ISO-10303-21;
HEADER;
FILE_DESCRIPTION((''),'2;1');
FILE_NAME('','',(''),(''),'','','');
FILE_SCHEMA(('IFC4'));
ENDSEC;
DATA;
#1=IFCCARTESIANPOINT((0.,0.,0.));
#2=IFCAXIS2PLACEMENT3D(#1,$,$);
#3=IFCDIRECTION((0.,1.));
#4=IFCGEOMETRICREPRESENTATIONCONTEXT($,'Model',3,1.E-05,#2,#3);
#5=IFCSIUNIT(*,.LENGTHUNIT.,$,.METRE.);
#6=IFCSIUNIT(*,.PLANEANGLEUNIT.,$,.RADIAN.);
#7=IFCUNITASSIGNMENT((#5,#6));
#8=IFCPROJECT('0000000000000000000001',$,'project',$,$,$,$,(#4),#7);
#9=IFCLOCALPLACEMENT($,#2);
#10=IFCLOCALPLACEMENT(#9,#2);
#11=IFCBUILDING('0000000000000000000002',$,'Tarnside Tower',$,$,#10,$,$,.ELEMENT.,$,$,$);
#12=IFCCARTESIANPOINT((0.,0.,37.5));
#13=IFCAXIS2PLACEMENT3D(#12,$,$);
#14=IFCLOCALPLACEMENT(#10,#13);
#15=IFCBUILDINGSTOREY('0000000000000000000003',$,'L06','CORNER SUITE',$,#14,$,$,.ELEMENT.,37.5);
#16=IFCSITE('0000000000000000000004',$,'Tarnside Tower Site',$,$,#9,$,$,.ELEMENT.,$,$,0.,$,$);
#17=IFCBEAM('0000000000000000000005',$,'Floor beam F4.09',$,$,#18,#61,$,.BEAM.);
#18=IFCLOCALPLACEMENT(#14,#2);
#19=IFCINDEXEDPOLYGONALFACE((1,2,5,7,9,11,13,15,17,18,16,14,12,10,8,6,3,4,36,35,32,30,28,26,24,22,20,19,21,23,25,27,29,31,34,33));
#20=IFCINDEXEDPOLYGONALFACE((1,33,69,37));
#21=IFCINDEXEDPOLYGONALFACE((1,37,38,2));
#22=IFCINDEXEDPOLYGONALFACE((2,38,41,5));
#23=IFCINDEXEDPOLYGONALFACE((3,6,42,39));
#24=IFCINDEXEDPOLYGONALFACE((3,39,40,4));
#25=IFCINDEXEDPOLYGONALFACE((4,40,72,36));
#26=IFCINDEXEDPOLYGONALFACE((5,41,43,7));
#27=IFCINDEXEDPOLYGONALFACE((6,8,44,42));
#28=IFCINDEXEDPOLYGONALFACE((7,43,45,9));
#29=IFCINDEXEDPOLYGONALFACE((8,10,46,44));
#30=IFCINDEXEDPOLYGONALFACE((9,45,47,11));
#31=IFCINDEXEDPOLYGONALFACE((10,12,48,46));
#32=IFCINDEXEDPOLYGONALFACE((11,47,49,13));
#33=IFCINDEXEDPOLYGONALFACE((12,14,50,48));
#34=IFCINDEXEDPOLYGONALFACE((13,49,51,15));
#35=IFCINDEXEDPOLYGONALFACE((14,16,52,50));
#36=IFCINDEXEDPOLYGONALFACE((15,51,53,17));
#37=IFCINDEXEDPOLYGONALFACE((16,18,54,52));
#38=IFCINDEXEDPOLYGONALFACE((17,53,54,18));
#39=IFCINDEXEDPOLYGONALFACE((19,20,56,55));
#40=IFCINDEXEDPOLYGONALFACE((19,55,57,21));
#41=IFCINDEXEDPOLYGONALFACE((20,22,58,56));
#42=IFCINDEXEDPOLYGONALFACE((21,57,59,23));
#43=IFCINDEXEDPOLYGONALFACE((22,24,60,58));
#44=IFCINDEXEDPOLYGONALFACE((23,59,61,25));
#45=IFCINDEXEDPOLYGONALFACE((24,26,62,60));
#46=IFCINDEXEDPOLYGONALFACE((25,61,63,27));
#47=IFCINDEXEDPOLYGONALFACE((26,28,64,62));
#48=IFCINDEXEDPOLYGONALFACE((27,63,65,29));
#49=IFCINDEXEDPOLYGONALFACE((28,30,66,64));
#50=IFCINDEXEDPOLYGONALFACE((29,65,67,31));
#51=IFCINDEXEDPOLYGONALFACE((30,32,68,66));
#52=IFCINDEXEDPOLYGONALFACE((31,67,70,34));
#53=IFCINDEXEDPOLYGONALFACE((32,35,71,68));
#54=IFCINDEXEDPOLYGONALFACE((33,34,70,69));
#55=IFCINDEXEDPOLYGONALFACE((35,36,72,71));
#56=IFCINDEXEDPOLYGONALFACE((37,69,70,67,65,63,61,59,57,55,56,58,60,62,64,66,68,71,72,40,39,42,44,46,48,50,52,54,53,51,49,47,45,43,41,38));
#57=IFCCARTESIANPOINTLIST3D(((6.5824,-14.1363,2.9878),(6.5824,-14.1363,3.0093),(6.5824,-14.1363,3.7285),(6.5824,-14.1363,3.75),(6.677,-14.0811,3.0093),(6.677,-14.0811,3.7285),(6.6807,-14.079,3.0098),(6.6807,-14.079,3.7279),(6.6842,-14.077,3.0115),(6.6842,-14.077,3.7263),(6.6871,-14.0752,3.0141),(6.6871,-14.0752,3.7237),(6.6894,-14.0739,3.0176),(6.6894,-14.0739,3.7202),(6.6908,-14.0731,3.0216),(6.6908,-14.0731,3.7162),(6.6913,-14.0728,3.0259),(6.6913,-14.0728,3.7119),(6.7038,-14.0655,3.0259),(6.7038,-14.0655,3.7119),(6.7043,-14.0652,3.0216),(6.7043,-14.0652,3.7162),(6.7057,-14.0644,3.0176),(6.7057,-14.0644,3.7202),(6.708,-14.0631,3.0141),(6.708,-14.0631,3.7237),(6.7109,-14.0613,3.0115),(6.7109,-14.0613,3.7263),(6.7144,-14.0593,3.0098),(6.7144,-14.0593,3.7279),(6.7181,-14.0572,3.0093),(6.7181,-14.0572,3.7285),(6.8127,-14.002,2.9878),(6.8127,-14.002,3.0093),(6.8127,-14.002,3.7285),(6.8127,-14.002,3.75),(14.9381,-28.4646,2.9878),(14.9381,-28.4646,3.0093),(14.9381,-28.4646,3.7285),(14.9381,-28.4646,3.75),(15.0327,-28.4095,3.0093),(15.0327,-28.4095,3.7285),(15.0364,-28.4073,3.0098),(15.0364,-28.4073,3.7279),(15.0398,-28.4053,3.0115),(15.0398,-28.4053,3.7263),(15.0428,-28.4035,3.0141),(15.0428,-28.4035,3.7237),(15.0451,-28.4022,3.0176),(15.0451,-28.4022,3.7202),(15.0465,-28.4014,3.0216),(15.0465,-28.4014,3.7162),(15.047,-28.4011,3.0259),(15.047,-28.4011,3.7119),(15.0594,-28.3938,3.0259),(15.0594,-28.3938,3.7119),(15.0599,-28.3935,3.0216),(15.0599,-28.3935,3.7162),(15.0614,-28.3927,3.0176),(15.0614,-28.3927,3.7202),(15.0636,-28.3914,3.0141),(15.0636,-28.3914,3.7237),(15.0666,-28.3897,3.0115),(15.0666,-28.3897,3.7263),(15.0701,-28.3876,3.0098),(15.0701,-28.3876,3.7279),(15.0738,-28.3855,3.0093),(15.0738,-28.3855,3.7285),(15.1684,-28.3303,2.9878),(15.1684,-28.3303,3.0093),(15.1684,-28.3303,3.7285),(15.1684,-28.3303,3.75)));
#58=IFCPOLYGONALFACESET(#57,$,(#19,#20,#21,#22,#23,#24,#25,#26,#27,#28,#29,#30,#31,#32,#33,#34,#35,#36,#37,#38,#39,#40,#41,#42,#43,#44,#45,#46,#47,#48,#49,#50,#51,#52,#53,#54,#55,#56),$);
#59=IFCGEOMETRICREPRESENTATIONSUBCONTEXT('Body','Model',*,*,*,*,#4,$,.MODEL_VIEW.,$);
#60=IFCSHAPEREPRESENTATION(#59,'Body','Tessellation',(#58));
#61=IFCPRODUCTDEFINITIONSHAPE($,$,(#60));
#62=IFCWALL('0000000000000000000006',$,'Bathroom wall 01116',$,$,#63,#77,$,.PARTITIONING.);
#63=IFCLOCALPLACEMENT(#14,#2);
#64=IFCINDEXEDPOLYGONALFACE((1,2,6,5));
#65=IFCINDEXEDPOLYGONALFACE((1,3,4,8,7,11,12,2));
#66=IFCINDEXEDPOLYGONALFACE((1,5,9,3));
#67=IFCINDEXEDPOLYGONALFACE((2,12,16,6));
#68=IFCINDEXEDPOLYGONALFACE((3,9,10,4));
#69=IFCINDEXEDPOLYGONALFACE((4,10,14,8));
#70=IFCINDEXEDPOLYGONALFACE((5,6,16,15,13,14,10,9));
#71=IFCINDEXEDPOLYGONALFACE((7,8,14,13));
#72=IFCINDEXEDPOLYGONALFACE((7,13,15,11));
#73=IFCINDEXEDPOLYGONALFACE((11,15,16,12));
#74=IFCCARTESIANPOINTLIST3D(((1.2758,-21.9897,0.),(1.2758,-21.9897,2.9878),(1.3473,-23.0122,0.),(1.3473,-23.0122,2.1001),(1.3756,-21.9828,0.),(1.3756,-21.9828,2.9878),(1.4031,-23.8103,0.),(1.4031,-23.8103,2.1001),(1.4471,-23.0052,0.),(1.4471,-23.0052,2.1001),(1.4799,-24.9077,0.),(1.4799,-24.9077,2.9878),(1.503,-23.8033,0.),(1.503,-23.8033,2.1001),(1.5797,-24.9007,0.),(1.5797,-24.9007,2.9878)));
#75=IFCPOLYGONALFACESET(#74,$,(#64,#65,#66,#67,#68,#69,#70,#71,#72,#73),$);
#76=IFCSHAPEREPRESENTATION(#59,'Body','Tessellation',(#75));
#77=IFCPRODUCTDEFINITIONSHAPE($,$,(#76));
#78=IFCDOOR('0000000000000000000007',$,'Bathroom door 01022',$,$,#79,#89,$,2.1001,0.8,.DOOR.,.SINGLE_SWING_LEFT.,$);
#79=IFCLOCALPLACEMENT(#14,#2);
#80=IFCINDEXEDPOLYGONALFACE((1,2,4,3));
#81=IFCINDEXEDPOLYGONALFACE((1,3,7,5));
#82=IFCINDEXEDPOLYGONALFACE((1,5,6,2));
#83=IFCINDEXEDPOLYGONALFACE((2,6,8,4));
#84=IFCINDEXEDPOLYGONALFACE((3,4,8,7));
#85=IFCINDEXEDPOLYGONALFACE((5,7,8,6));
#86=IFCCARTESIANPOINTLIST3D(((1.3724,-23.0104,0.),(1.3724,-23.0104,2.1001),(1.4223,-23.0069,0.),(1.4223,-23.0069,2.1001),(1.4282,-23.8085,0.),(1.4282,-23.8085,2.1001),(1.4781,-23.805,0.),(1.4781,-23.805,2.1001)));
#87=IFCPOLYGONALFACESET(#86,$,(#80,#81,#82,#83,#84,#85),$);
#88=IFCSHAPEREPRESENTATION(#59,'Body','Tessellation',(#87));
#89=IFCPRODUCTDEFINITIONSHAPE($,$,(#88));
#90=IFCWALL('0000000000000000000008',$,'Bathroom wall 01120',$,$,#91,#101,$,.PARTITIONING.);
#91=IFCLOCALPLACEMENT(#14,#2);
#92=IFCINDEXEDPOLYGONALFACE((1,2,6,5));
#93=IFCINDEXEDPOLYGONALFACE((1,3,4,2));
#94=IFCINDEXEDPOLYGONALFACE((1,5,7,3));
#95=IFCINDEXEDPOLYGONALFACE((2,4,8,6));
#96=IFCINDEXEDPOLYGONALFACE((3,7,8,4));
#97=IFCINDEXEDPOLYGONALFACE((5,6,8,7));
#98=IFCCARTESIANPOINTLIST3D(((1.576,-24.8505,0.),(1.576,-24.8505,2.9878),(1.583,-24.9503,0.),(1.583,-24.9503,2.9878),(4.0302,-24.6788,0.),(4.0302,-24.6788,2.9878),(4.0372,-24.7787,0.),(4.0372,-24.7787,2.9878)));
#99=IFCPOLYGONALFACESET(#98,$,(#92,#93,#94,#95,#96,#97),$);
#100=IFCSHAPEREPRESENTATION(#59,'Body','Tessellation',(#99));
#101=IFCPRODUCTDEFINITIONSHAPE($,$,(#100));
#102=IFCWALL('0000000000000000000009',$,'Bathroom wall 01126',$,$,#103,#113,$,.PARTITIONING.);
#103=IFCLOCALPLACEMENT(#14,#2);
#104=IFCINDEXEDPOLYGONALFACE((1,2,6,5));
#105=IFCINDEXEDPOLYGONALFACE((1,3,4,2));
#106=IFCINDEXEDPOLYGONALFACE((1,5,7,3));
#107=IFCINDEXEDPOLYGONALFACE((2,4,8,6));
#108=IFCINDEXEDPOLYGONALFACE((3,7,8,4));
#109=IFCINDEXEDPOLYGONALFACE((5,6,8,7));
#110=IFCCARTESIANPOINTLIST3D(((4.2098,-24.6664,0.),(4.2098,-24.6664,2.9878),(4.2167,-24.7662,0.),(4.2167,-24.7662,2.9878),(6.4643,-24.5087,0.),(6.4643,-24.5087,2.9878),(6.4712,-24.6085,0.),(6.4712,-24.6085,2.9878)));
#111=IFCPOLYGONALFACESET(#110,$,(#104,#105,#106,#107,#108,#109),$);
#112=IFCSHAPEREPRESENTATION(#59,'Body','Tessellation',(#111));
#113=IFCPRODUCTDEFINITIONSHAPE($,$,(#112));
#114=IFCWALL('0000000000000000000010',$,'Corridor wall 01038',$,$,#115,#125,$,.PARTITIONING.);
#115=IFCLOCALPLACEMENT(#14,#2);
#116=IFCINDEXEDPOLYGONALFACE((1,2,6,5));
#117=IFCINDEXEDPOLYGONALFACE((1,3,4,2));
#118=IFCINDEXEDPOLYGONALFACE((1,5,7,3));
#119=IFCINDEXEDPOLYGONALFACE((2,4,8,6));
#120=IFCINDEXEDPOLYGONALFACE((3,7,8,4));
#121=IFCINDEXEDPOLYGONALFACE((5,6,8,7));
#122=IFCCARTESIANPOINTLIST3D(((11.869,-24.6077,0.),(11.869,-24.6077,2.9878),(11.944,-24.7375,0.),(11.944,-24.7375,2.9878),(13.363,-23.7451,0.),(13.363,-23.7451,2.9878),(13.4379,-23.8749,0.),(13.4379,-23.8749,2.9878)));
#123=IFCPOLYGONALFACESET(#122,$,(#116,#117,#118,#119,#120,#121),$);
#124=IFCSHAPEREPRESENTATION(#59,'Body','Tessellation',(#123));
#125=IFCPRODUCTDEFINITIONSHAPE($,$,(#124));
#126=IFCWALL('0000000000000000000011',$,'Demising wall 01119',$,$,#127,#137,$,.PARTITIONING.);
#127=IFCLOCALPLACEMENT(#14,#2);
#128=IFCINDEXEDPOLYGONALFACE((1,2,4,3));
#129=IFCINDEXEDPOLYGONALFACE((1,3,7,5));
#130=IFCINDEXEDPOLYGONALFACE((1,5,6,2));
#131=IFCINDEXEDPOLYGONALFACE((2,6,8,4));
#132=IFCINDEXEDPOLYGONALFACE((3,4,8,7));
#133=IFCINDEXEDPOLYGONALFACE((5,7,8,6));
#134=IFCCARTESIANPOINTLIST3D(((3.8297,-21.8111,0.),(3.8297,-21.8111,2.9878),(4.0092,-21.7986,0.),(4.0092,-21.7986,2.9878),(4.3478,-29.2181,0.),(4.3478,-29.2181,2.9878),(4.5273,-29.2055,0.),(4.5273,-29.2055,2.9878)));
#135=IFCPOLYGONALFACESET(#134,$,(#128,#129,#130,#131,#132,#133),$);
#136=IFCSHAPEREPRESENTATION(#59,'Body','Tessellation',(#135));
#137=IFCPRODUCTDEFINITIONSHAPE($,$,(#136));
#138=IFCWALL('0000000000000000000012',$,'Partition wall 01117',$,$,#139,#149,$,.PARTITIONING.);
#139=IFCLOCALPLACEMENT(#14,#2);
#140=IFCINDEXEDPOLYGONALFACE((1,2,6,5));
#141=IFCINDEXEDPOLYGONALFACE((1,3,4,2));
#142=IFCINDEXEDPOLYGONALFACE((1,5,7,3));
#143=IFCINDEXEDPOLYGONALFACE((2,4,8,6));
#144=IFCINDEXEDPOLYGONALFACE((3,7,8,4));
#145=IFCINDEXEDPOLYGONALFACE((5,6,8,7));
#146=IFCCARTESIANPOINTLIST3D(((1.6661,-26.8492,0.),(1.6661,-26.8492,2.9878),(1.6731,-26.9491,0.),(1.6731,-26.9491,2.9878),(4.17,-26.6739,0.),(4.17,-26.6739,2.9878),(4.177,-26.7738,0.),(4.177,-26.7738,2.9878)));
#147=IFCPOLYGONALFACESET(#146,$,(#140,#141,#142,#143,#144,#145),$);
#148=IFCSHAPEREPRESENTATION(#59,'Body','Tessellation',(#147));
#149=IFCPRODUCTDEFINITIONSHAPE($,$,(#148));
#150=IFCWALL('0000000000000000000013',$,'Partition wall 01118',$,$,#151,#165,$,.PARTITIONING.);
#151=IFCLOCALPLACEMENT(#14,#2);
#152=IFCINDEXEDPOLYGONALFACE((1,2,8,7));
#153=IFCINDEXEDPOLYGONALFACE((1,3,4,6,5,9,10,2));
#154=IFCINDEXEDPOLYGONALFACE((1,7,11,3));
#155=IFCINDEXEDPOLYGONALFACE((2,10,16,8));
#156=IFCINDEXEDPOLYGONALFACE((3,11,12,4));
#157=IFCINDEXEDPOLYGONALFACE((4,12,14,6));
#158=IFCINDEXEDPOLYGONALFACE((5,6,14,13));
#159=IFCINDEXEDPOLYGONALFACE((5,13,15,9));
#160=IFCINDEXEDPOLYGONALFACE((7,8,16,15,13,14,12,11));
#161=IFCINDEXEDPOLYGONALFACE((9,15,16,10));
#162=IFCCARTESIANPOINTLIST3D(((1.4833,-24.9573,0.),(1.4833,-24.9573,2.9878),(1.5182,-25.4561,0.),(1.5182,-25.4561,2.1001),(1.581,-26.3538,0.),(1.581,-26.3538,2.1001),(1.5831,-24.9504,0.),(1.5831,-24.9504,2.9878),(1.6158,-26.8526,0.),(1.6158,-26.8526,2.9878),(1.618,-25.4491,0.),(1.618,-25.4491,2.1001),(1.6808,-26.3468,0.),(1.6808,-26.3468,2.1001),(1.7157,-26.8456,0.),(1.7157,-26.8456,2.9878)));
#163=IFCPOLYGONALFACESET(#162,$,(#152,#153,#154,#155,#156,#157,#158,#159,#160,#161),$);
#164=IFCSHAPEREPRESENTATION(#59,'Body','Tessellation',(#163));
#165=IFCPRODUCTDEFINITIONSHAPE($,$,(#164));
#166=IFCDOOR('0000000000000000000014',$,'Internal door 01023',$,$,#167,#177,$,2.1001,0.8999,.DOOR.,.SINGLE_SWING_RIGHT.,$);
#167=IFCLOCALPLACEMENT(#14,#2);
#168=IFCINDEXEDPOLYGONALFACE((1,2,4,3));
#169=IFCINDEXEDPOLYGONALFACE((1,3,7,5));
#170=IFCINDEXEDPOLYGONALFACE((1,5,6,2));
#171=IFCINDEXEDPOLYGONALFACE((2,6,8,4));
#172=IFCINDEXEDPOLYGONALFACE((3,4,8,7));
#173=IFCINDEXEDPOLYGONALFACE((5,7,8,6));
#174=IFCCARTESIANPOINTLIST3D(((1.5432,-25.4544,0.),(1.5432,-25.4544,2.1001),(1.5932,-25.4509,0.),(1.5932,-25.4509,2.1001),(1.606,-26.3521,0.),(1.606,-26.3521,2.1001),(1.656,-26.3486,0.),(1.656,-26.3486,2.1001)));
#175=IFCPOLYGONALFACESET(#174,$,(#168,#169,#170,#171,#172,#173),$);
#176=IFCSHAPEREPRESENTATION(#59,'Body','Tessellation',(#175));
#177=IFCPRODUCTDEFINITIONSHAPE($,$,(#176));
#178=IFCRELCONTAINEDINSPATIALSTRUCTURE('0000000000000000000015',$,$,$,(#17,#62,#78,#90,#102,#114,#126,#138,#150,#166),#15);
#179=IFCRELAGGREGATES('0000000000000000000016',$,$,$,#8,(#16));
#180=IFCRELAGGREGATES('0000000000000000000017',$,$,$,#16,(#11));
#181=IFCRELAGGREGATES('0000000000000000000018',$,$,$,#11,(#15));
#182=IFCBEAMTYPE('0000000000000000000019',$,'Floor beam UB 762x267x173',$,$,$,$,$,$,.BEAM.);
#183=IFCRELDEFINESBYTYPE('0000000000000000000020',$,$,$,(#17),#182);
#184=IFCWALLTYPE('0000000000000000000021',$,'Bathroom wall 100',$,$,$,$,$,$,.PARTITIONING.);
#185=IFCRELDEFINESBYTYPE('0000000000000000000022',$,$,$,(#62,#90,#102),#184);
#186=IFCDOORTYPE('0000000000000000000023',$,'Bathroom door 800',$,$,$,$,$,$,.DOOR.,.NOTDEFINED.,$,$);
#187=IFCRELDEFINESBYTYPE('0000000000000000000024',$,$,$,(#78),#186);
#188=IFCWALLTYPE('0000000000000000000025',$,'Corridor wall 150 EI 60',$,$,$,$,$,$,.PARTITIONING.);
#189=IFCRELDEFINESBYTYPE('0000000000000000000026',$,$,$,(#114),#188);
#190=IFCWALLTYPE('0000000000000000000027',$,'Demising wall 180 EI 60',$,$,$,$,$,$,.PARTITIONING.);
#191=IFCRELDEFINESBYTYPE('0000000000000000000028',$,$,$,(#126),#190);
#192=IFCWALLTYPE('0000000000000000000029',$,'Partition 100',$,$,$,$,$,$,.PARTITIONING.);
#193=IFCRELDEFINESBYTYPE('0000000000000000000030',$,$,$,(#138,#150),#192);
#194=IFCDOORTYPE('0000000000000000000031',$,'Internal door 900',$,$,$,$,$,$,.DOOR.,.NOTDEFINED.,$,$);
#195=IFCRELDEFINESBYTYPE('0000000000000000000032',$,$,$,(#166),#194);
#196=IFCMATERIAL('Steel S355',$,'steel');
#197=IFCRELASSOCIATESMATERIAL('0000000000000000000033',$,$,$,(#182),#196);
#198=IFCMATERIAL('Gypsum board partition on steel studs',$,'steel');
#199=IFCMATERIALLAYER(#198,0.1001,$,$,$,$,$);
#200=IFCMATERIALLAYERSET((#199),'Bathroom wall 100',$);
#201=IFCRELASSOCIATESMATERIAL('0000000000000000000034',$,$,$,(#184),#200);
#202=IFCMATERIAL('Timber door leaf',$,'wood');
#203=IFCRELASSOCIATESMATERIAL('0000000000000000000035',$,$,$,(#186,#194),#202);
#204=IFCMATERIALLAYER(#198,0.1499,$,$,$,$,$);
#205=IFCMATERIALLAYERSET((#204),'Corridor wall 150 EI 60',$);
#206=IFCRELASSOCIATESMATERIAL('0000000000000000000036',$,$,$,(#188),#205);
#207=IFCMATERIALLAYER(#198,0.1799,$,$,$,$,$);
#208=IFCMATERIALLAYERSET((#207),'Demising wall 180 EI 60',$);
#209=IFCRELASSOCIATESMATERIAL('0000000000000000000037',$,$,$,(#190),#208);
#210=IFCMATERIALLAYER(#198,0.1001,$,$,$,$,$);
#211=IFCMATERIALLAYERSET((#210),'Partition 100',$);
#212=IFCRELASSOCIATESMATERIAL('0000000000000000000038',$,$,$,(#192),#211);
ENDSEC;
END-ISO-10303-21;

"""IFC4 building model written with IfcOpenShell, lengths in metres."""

from ifc_helpers import new_model, si_unit, direction, frame, frame_2d, origin, origin_2d, place, context, subcontext, project, spatial, rectangle, i_section, extrude, material, layer, layer_set, material_profile, profile_set, type_object, element, fill, save


model = new_model("IFC4")

# Units and contexts
model_context = context("Model", 3, precision=1e-05, world=origin(), true_north=direction((0.0, 1.0)))
body_context = subcontext(model_context, "Body", "Model", "MODEL_VIEW")
ifc_project = project(units=[si_unit("LENGTHUNIT", "METRE"), si_unit("PLANEANGLEUNIT", "RADIAN")], contexts=[model_context])

# Site, building, storey
site_placement = place(None, origin())
site = spatial("IfcSite", under=ifc_project, at=site_placement, Name="Tarnside Tower Site", CompositionType="ELEMENT", RefElevation=0.0)
building_placement = place(site_placement, origin())
building = spatial("IfcBuilding", under=site, at=building_placement, Name="Tarnside Tower", CompositionType="ELEMENT")
storey_placement = place(building_placement, frame((0.0, 0.0, 37.5)))
storey = spatial("IfcBuildingStorey", under=building, at=storey_placement, Name="L06", Description="CORNER SUITE", CompositionType="ELEMENT", Elevation=37.5)

# Beam
ifc_material_1 = material(Name="Steel S355", Category="steel")
ifc_material_profile_1 = material_profile(ifc_material_1, i_section(OverallWidth=0.2666, OverallDepth=0.7622, WebThickness=0.0144, FlangeThickness=0.0215, FilletRadius=0.0166, at=origin_2d()), Name="UB 762x267x173")
ifc_profile_set_1 = profile_set([ifc_material_profile_1], Name="Steel S355")
beam_type_1 = type_object("IfcBeamType", Name="Floor beam UB 762x267x173", PredefinedType="BEAM", material=ifc_profile_set_1)
beam_1_placement = place(storey_placement, frame((15.0532, -28.3975, 3.3689), z_axis=(-0.503758, 0.863845, 0.0), x_axis=(-0.863845, -0.503758, 0.0)))
element("IfcBeam", 1, at=beam_1_placement, inside=storey, type_object=beam_type_1, Name="Floor beam F4.09", PredefinedType="BEAM", context=body_context, shape_type="SweptSolid", body=[
    extrude(i_section(OverallWidth=0.2666, OverallDepth=0.7622, WebThickness=0.0144, FlangeThickness=0.0215, FilletRadius=0.0166, at=origin_2d()), origin(), (0.0, 0.0, 1.0), 16.5867),
])

# Wall, opening, door
ifc_material_2 = material(Name="Gypsum board partition on steel studs", Category="steel")
ifc_layer_1 = layer(ifc_material_2, 0.1001)
ifc_layer_set_1 = layer_set([ifc_layer_1], Name="Bathroom wall 100")
wall_type_1 = type_object("IfcWallType", Name="Bathroom wall 100", PredefinedType="PARTITIONING", material=ifc_layer_set_1)
wall_1_placement = place(storey_placement, frame((1.5298, -24.9041, 0.0), z_axis=(0.0, 0.0, 1.0), x_axis=(-0.069776, 0.997563, 0.0)))
wall_1 = element("IfcWall", 2, at=wall_1_placement, inside=storey, type_object=wall_type_1, Name="Bathroom wall 01116", PredefinedType="PARTITIONING", context=body_context, shape_type="SweptSolid", body=[
    extrude(rectangle(XDim=2.925, YDim=0.1001, at=frame_2d((1.4624, 0.0))), origin(), (0.0, 0.0, 1.0), 2.9878),
])
opening_1_placement = place(wall_1_placement, frame((1.1001, 0.0, 0.0)))
opening_1 = element("IfcOpeningElement", 3, at=opening_1_placement, cuts=wall_1, PredefinedType="OPENING", context=body_context, shape_type="SweptSolid", body=[
    extrude(rectangle(XDim=0.8, YDim=2.1001, at=frame_2d((0.3999, 1.05))), frame((0.0, 0.0601, 0.0), z_axis=(0.0, -1.0, 0.0), x_axis=(1.0, 0.0, 0.0)), (0.0, 0.0, 1.0), 0.1201),
])
ifc_material_3 = material(Name="Timber door leaf", Category="wood")
door_type_1 = type_object("IfcDoorType", Name="Bathroom door 800", OperationType="NOTDEFINED", PredefinedType="DOOR", material=ifc_material_3)
door_1_placement = place(opening_1_placement, origin())
door_1 = element("IfcDoor", 4, at=door_1_placement, inside=storey, type_object=door_type_1, Name="Bathroom door 01022", OperationType="SINGLE_SWING_LEFT", OverallHeight=2.1001, OverallWidth=0.8, PredefinedType="DOOR", context=body_context, shape_type="SweptSolid", body=[
    extrude(rectangle(XDim=0.8, YDim=2.1001, at=frame_2d((0.3999, 1.05))), frame((0.0, 0.0249, 0.0), z_axis=(0.0, -1.0, 0.0), x_axis=(1.0, 0.0, 0.0)), (0.0, 0.0, 1.0), 0.05),
])
fill(opening_1, door_1)

# Walls
wall_2_placement = place(storey_placement, frame((1.5796, -24.9004, 0.0), z_axis=(0.0, 0.0, 1.0), x_axis=(0.997563, 0.069766, 0.0)))
element("IfcWall", 5, at=wall_2_placement, inside=storey, type_object=wall_type_1, Name="Bathroom wall 01120", PredefinedType="PARTITIONING", context=body_context, shape_type="SweptSolid", body=[
    extrude(rectangle(XDim=2.4602, YDim=0.1001, at=frame_2d((1.23, 0.0))), origin(), (0.0, 0.0, 1.0), 2.9878),
])
wall_3_placement = place(storey_placement, frame((4.2134, -24.7163, 0.0), z_axis=(0.0, 0.0, 1.0), x_axis=(0.997562, 0.069788, 0.0)))
element("IfcWall", 6, at=wall_3_placement, inside=storey, type_object=wall_type_1, Name="Bathroom wall 01126", PredefinedType="PARTITIONING", context=body_context, shape_type="SweptSolid", body=[
    extrude(rectangle(XDim=2.26, YDim=0.1001, at=frame_2d((1.1299, 0.0))), origin(), (0.0, 0.0, 1.0), 2.9878),
])
ifc_layer_2 = layer(ifc_material_2, 0.1499)
ifc_layer_set_2 = layer_set([ifc_layer_2], Name="Corridor wall 150 EI 60")
wall_type_2 = type_object("IfcWallType", Name="Corridor wall 150 EI 60", PredefinedType="PARTITIONING", material=ifc_layer_set_2)
wall_4_placement = place(storey_placement, frame((11.9065, -24.6726, 0.0), z_axis=(0.0, 0.0, 1.0), x_axis=(0.866014, 0.500021, 0.0)))
element("IfcWall", 7, at=wall_4_placement, inside=storey, type_object=wall_type_2, Name="Corridor wall 01038", PredefinedType="PARTITIONING", context=body_context, shape_type="SweptSolid", body=[
    extrude(rectangle(XDim=1.7251, YDim=0.1499, at=frame_2d((0.8625, 0.0))), origin(), (0.0, 0.0, 1.0), 2.9878),
])
ifc_layer_3 = layer(ifc_material_2, 0.1799)
ifc_layer_set_3 = layer_set([ifc_layer_3], Name="Demising wall 180 EI 60")
wall_type_3 = type_object("IfcWallType", Name="Demising wall 180 EI 60", PredefinedType="PARTITIONING", material=ifc_layer_set_3)
wall_5_placement = place(storey_placement, frame((4.4375, -29.2117, 0.0), z_axis=(0.0, 0.0, 1.0), x_axis=(-0.069773, 0.997563, 0.0)))
element("IfcWall", 8, at=wall_5_placement, inside=storey, type_object=wall_type_3, Name="Demising wall 01119", PredefinedType="PARTITIONING", context=body_context, shape_type="SweptSolid", body=[
    extrude(rectangle(XDim=7.425, YDim=0.1799, at=frame_2d((3.7124, 0.0))), origin(), (0.0, 0.0, 1.0), 2.9878),
])
ifc_layer_4 = layer(ifc_material_2, 0.1001)
ifc_layer_set_4 = layer_set([ifc_layer_4], Name="Partition 100")
wall_type_4 = type_object("IfcWallType", Name="Partition 100", PredefinedType="PARTITIONING", material=ifc_layer_set_4)
wall_6_placement = place(storey_placement, frame((4.1733, -26.7239, 0.0), z_axis=(0.0, 0.0, 1.0), x_axis=(-0.997558, -0.069837, 0.0)))
element("IfcWall", 9, at=wall_6_placement, inside=storey, type_object=wall_type_4, Name="Partition wall 01117", PredefinedType="PARTITIONING", context=body_context, shape_type="SweptSolid", body=[
    extrude(rectangle(XDim=2.51, YDim=0.1001, at=frame_2d((1.2549, 0.0))), origin(), (0.0, 0.0, 1.0), 2.9878),
])

# Wall, opening, door
wall_7_placement = place(storey_placement, frame((1.6658, -26.8491, 0.0), z_axis=(0.0, 0.0, 1.0), x_axis=(-0.069777, 0.997563, 0.0)))
wall_7 = element("IfcWall", 10, at=wall_7_placement, inside=storey, type_object=wall_type_4, Name="Partition wall 01118", PredefinedType="PARTITIONING", context=body_context, shape_type="SweptSolid", body=[
    extrude(rectangle(XDim=1.8999, YDim=0.1001, at=frame_2d((0.95, 0.0))), origin(), (0.0, 0.0, 1.0), 2.9878),
])
opening_2_placement = place(wall_7_placement, frame((0.5, 0.0, 0.0)))
opening_2 = element("IfcOpeningElement", 11, at=opening_2_placement, cuts=wall_7, PredefinedType="OPENING", context=body_context, shape_type="SweptSolid", body=[
    extrude(rectangle(XDim=0.8999, YDim=2.1001, at=frame_2d((0.45, 1.05))), frame((0.0, 0.0601, 0.0), z_axis=(0.0, -1.0, 0.0), x_axis=(1.0, 0.0, 0.0)), (0.0, 0.0, 1.0), 0.1201),
])
door_type_2 = type_object("IfcDoorType", Name="Internal door 900", OperationType="NOTDEFINED", PredefinedType="DOOR", material=ifc_material_3)
door_2_placement = place(opening_2_placement, origin())
door_2 = element("IfcDoor", 12, at=door_2_placement, inside=storey, type_object=door_type_2, Name="Internal door 01023", OperationType="SINGLE_SWING_RIGHT", OverallHeight=2.1001, OverallWidth=0.8999, PredefinedType="DOOR", context=body_context, shape_type="SweptSolid", body=[
    extrude(rectangle(XDim=0.8999, YDim=2.1001, at=frame_2d((0.45, 1.05))), frame((0.0, 0.0249, 0.0), z_axis=(0.0, -1.0, 0.0), x_axis=(1.0, 0.0, 0.0)), (0.0, 0.0, 1.0), 0.05),
])
fill(opening_2, door_2)

save(model, "model.ifc")
